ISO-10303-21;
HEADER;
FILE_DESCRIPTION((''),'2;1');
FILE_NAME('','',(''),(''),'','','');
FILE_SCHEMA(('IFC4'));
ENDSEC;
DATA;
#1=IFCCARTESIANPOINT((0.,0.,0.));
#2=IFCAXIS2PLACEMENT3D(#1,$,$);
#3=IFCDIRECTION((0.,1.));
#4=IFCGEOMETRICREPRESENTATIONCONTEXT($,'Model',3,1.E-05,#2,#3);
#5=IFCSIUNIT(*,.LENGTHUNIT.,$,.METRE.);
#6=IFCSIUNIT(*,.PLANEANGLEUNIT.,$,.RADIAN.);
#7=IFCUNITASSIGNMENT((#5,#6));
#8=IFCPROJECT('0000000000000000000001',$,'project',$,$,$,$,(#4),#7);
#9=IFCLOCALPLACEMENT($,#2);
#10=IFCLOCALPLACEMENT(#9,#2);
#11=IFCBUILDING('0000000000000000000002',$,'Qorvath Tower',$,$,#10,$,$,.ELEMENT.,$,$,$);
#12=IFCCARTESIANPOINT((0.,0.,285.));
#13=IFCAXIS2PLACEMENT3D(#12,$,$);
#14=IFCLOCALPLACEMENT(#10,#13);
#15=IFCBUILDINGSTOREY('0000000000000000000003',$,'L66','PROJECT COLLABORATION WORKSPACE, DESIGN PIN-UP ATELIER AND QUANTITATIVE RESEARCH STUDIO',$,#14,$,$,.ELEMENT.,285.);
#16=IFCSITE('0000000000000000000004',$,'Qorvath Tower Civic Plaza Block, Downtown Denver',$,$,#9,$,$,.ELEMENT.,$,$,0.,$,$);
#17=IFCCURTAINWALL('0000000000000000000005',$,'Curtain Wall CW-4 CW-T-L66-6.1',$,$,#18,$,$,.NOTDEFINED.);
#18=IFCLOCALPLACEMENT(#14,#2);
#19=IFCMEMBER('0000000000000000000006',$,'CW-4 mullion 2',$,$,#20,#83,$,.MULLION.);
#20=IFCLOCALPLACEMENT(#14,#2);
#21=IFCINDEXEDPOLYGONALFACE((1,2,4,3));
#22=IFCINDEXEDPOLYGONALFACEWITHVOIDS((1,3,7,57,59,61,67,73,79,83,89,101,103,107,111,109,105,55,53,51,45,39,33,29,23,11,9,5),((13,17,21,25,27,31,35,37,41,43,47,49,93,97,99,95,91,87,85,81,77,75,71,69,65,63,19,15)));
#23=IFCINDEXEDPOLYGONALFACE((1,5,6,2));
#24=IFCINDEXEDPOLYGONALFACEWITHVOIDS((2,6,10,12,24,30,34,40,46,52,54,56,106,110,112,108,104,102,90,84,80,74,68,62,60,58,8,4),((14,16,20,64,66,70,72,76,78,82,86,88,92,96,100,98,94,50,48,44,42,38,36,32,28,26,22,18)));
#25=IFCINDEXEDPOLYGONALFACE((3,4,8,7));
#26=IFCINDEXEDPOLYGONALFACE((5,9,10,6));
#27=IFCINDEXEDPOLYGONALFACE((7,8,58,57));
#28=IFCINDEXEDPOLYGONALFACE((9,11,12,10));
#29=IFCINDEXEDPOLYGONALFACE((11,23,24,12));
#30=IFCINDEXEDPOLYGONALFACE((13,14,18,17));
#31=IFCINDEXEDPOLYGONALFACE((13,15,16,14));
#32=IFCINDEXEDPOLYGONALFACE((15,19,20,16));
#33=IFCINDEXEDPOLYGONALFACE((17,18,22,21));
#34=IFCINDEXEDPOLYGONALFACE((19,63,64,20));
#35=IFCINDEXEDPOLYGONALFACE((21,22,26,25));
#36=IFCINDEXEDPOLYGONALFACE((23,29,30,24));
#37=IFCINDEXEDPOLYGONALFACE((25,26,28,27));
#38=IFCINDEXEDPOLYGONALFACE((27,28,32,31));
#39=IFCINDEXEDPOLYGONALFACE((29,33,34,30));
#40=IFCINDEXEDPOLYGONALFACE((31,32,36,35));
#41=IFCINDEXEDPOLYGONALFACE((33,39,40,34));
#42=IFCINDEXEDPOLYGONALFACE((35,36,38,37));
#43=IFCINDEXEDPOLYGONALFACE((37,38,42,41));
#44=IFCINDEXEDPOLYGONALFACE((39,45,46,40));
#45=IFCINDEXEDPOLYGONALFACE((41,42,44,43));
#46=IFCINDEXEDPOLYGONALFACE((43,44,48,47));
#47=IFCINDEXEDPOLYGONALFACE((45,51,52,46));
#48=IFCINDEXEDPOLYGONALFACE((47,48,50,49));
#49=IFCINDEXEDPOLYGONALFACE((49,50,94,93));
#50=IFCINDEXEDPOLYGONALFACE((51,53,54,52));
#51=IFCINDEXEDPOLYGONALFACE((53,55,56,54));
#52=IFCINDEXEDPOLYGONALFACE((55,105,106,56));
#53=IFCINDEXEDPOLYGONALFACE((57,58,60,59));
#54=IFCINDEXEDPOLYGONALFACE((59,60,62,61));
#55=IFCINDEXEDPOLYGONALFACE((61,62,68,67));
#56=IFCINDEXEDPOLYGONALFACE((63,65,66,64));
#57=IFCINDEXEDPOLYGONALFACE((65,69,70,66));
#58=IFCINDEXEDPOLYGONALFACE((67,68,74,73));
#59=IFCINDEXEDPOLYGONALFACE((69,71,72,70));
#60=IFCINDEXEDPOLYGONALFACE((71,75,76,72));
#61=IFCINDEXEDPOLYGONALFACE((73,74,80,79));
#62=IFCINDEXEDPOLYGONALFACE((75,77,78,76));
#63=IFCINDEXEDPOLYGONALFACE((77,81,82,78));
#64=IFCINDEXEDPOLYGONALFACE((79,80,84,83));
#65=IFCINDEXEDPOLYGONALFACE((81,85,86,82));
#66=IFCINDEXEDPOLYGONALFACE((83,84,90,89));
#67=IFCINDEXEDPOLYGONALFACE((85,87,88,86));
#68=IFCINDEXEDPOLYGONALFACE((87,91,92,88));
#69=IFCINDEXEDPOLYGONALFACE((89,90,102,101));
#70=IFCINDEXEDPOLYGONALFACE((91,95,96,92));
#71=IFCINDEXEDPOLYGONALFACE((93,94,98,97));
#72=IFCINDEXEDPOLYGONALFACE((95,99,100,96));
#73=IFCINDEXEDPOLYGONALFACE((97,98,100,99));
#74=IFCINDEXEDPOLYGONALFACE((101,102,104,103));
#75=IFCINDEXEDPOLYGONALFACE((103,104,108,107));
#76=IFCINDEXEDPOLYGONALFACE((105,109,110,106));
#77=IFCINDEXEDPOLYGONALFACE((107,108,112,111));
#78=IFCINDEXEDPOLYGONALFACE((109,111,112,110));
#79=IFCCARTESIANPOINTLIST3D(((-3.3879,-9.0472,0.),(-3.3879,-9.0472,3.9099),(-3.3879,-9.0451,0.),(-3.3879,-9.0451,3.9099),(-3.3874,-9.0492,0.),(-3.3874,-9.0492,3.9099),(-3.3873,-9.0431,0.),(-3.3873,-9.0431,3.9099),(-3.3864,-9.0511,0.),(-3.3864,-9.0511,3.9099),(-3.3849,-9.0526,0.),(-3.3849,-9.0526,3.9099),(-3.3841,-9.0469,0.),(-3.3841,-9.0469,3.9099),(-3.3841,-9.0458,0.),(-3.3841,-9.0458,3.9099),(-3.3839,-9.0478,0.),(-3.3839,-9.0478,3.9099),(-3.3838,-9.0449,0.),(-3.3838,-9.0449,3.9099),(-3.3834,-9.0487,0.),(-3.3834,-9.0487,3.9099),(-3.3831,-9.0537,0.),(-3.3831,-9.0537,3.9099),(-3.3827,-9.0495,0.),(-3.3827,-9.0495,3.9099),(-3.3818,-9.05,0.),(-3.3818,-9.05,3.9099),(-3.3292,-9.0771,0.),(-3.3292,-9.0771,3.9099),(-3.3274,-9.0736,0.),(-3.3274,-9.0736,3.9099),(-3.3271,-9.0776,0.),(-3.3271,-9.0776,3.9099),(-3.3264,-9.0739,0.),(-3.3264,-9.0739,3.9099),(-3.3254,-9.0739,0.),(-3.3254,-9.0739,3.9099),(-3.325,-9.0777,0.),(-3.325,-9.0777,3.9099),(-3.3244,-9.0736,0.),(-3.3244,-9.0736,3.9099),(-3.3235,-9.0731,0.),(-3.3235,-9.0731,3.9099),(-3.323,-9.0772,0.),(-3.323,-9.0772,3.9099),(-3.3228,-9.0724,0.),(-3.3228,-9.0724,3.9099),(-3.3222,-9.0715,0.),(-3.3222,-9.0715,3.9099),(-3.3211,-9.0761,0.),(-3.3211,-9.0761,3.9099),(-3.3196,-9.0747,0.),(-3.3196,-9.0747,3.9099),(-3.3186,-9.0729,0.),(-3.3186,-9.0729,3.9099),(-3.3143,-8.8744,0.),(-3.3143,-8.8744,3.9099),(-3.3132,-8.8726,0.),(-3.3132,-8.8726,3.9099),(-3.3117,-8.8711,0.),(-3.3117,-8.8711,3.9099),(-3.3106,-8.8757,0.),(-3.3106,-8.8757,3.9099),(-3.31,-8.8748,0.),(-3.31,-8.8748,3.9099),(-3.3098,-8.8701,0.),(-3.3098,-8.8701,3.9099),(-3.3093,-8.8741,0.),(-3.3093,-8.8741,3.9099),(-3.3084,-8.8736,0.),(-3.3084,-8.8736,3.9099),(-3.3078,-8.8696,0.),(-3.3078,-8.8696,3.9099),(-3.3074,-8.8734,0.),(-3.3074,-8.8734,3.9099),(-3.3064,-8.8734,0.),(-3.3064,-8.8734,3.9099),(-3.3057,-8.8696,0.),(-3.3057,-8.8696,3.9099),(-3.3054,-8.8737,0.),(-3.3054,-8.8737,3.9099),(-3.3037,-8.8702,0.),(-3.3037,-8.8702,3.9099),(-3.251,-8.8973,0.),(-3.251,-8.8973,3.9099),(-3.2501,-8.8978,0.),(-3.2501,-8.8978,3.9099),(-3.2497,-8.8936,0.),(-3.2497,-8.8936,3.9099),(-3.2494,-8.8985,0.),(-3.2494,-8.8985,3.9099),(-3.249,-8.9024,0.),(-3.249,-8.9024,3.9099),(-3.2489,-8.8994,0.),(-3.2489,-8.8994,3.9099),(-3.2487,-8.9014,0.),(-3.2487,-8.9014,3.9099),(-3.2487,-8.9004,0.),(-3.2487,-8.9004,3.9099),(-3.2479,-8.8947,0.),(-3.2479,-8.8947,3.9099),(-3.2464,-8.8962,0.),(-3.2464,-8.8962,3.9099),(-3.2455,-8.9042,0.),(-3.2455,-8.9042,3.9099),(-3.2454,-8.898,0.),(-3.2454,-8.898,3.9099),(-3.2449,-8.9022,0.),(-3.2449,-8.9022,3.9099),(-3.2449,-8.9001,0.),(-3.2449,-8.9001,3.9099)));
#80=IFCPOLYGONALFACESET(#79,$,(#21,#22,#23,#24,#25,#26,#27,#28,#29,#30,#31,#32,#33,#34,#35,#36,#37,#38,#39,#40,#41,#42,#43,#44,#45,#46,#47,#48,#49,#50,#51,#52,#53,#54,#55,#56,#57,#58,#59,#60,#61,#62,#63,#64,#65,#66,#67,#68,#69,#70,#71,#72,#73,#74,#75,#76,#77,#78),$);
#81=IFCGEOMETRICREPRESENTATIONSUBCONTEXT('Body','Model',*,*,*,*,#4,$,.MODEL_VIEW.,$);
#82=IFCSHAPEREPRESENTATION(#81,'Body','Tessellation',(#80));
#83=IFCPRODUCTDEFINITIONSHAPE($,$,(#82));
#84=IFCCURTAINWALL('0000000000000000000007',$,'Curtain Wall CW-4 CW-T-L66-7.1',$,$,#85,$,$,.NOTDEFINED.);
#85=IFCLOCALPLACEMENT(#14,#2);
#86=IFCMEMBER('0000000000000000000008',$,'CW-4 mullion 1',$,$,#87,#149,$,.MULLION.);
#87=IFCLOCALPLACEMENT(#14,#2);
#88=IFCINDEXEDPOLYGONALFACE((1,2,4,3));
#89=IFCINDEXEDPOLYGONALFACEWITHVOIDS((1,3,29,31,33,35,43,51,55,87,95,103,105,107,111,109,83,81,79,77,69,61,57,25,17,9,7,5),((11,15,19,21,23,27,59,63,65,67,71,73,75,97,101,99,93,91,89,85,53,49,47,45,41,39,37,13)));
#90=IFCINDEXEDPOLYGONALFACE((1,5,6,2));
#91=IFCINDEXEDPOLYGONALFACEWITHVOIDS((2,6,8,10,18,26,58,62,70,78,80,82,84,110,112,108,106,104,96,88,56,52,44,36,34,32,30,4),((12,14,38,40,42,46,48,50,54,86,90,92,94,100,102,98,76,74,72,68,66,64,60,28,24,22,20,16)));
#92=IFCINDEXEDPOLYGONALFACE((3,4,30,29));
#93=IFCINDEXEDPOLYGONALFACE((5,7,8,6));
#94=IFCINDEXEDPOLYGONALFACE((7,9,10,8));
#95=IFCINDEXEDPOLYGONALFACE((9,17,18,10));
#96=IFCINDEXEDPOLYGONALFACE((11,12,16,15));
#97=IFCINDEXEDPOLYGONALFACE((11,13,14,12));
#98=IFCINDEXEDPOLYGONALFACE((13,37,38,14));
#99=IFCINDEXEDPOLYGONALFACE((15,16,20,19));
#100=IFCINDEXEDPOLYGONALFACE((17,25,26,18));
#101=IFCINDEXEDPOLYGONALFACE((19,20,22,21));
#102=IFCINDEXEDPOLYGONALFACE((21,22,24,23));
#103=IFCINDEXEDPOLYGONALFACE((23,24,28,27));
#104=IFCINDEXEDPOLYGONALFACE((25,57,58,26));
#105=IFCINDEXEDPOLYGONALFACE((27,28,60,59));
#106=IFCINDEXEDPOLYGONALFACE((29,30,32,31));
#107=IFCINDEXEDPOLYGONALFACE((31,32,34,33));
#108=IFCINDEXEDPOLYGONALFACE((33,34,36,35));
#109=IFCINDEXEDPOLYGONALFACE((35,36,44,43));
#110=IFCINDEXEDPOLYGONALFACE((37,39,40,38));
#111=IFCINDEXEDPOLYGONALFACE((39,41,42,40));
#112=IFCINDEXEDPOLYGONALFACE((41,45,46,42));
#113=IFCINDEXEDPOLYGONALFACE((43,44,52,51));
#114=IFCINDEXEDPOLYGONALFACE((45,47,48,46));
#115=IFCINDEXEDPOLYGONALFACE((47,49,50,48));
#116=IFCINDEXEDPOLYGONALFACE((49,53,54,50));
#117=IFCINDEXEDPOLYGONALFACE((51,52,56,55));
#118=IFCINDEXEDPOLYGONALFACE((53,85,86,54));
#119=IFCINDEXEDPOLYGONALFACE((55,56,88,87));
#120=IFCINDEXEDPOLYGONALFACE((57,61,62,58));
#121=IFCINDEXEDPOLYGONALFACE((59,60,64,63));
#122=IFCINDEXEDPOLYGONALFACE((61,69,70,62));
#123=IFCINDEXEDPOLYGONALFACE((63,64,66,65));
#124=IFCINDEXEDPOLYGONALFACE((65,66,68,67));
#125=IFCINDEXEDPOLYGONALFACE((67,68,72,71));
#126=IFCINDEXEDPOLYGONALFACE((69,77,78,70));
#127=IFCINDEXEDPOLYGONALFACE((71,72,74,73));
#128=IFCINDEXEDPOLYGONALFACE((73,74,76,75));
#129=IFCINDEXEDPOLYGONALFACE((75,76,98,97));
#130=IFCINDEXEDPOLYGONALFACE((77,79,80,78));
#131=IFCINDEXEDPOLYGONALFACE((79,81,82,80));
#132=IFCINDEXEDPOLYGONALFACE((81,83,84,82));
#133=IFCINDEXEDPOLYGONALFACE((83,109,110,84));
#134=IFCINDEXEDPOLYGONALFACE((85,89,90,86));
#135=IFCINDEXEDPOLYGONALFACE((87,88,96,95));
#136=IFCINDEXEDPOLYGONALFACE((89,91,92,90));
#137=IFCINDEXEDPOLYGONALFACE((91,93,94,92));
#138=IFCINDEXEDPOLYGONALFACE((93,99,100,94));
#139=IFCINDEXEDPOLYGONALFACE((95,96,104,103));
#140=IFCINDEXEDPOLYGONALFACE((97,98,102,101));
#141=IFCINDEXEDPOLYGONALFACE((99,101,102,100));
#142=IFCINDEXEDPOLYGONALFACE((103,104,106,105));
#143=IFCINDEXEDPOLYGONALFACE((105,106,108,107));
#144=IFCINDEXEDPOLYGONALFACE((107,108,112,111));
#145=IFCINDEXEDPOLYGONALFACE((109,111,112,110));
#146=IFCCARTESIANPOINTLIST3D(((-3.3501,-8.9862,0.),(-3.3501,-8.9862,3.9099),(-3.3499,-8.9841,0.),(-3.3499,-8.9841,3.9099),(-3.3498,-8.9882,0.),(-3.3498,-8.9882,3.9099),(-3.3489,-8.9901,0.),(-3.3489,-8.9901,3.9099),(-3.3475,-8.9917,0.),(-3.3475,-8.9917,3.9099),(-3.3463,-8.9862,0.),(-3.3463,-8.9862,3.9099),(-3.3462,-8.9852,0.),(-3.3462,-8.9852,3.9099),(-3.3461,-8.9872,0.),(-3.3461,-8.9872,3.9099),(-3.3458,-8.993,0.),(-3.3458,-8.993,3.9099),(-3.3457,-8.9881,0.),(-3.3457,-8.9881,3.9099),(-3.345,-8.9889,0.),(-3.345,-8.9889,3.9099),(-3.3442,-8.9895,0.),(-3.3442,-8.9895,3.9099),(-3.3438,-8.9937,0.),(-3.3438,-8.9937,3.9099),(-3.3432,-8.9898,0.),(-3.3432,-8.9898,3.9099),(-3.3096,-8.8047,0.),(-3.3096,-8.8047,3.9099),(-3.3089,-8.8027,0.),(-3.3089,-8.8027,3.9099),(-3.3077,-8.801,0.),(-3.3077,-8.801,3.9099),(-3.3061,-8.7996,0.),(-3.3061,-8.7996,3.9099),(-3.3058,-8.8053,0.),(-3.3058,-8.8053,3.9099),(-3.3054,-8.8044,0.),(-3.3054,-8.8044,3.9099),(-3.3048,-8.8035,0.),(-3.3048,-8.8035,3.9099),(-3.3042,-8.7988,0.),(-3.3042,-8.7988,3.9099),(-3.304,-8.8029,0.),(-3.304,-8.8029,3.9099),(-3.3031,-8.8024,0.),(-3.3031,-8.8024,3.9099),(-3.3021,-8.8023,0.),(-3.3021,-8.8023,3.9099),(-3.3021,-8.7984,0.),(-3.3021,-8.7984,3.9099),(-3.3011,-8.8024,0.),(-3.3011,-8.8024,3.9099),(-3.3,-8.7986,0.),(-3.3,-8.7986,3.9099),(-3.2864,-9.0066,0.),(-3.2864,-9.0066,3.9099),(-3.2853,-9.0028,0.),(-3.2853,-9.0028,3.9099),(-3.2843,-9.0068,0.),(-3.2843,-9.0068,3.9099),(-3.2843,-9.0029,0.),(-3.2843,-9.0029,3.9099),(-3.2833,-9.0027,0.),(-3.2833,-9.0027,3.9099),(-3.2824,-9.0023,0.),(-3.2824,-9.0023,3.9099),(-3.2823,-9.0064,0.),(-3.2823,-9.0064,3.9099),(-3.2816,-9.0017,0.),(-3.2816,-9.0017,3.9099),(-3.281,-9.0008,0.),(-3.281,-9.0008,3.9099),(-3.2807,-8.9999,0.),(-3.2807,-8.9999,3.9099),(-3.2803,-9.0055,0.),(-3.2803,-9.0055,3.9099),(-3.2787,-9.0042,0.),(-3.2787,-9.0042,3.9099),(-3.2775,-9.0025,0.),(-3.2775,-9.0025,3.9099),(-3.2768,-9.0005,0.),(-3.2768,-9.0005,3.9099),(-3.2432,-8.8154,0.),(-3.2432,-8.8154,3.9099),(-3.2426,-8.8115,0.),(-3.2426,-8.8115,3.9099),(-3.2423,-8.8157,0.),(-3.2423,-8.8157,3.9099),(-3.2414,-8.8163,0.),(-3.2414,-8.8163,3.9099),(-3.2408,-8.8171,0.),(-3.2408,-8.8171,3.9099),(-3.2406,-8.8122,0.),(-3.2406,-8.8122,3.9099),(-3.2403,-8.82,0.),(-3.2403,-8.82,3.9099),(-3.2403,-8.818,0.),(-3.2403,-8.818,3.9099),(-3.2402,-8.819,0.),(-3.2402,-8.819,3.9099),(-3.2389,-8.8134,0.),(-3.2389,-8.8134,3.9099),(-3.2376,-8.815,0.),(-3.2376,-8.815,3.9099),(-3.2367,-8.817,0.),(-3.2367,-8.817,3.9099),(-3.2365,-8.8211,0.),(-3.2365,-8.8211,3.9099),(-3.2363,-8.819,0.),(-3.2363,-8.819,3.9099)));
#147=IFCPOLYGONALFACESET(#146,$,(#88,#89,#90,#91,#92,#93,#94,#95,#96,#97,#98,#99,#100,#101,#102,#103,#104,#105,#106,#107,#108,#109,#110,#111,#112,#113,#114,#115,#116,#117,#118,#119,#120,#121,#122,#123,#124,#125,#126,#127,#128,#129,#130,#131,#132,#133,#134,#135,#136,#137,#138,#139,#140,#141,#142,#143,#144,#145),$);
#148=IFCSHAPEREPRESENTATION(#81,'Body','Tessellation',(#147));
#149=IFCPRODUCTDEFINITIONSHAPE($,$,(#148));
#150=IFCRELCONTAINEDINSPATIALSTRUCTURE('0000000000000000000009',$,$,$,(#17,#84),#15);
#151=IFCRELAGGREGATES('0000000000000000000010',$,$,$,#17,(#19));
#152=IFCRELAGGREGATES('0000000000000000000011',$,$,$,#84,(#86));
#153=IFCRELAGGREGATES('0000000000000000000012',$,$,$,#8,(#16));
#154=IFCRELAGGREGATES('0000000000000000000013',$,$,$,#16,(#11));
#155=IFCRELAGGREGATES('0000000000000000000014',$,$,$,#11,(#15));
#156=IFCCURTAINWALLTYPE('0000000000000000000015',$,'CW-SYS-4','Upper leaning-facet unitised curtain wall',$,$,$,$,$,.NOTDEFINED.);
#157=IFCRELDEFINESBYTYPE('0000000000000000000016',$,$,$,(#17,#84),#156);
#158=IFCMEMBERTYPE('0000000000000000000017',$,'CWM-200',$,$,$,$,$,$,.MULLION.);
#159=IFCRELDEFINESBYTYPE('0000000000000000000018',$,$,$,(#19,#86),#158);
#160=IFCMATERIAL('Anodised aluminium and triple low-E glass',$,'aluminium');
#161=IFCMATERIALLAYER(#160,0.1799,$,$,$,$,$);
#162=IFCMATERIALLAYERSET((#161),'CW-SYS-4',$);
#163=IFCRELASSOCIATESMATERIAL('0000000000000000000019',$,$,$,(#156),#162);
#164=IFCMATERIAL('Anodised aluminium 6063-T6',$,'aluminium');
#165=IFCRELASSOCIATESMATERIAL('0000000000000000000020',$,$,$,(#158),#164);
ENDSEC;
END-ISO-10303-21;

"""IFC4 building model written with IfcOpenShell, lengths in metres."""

from ifc_helpers import new_model, si_unit, direction, frame, origin, origin_2d, place, context, subcontext, project, spatial, hollow_rectangle, extrude, material, layer, layer_set, material_profile, profile_set, type_object, element, aggregate, save


model = new_model("IFC4")

# Units and contexts
model_context = context("Model", 3, precision=1e-05, world=origin(), true_north=direction((0.0, 1.0)))
body_context = subcontext(model_context, "Body", "Model", "MODEL_VIEW")
ifc_project = project(units=[si_unit("LENGTHUNIT", "METRE"), si_unit("PLANEANGLEUNIT", "RADIAN")], contexts=[model_context])

# Site, building, storey
site_placement = place(None, origin())
site = spatial("IfcSite", under=ifc_project, at=site_placement, Name="Qorvath Tower Civic Plaza Block, Downtown Denver", CompositionType="ELEMENT", RefElevation=0.0)
building_placement = place(site_placement, origin())
building = spatial("IfcBuilding", under=site, at=building_placement, Name="Qorvath Tower", CompositionType="ELEMENT")
storey_placement = place(building_placement, frame((0.0, 0.0, 285.0)))
storey = spatial("IfcBuildingStorey", under=building, at=storey_placement, Name="L66", Description="PROJECT COLLABORATION WORKSPACE, DESIGN PIN-UP ATELIER AND QUANTITATIVE RESEARCH STUDIO", CompositionType="ELEMENT", Elevation=285.0)

# Curtain walls, members
ifc_material_1 = material(Name="Anodised aluminium and triple low-E glass", Category="aluminium")
ifc_layer_1 = layer(ifc_material_1, 0.1799)
ifc_layer_set_1 = layer_set([ifc_layer_1], Name="CW-SYS-4")
curtain_wall_type = type_object("IfcCurtainWallType", Name="CW-SYS-4", Description="Upper leaning-facet unitised curtain wall", PredefinedType="NOTDEFINED", material=ifc_layer_set_1)
curtain_wall_1_placement = place(storey_placement, origin())
curtain_wall_1 = element("IfcCurtainWall", 1, at=curtain_wall_1_placement, inside=storey, type_object=curtain_wall_type, Name="Curtain Wall CW-4 CW-T-L66-6.1", PredefinedType="NOTDEFINED")
ifc_material_2 = material(Name="Anodised aluminium 6063-T6", Category="aluminium")
ifc_material_profile_1 = material_profile(ifc_material_2, hollow_rectangle(XDim=0.075, YDim=0.2, WallThickness=0.0039, InnerFilletRadius=0.0039, OuterFilletRadius=0.0081, at=origin_2d()), Name="CWM 200x75")
ifc_profile_set_1 = profile_set([ifc_material_profile_1], Name="Anodised aluminium 6063-T6")
member_type_1 = type_object("IfcMemberType", Name="CWM-200", PredefinedType="MULLION", material=ifc_profile_set_1)
member_1_placement = place(storey_placement, frame((-3.3164, -8.9736, 0.0), z_axis=(0.0, 0.0, 1.0), x_axis=(-0.917598, 0.397509, 0.0)))
member_1 = element("IfcMember", 2, at=member_1_placement, type_object=member_type_1, Name="CW-4 mullion 2", PredefinedType="MULLION", context=body_context, shape_type="SweptSolid", body=[
    extrude(hollow_rectangle(XDim=0.075, YDim=0.2, WallThickness=0.0039, InnerFilletRadius=0.0039, OuterFilletRadius=0.0081, at=origin_2d()), origin(), (0.0, 0.0, 1.0), 3.9099),
])
curtain_wall_2_placement = place(storey_placement, origin())
curtain_wall_2 = element("IfcCurtainWall", 3, at=curtain_wall_2_placement, inside=storey, type_object=curtain_wall_type, Name="Curtain Wall CW-4 CW-T-L66-7.1", PredefinedType="NOTDEFINED")
member_2_placement = place(storey_placement, frame((-3.2932, -8.9026, 0.0), z_axis=(0.0, 0.0, 1.0), x_axis=(-0.975687, 0.219167, 0.0)))
member_2 = element("IfcMember", 4, at=member_2_placement, type_object=member_type_1, Name="CW-4 mullion 1", PredefinedType="MULLION", context=body_context, shape_type="SweptSolid", body=[
    extrude(hollow_rectangle(XDim=0.075, YDim=0.2, WallThickness=0.0039, InnerFilletRadius=0.0039, OuterFilletRadius=0.0081, at=origin_2d()), origin(), (0.0, 0.0, 1.0), 3.9099),
])

aggregate(curtain_wall_1, [member_1])
aggregate(curtain_wall_2, [member_2])

save(model, "model.ifc")
